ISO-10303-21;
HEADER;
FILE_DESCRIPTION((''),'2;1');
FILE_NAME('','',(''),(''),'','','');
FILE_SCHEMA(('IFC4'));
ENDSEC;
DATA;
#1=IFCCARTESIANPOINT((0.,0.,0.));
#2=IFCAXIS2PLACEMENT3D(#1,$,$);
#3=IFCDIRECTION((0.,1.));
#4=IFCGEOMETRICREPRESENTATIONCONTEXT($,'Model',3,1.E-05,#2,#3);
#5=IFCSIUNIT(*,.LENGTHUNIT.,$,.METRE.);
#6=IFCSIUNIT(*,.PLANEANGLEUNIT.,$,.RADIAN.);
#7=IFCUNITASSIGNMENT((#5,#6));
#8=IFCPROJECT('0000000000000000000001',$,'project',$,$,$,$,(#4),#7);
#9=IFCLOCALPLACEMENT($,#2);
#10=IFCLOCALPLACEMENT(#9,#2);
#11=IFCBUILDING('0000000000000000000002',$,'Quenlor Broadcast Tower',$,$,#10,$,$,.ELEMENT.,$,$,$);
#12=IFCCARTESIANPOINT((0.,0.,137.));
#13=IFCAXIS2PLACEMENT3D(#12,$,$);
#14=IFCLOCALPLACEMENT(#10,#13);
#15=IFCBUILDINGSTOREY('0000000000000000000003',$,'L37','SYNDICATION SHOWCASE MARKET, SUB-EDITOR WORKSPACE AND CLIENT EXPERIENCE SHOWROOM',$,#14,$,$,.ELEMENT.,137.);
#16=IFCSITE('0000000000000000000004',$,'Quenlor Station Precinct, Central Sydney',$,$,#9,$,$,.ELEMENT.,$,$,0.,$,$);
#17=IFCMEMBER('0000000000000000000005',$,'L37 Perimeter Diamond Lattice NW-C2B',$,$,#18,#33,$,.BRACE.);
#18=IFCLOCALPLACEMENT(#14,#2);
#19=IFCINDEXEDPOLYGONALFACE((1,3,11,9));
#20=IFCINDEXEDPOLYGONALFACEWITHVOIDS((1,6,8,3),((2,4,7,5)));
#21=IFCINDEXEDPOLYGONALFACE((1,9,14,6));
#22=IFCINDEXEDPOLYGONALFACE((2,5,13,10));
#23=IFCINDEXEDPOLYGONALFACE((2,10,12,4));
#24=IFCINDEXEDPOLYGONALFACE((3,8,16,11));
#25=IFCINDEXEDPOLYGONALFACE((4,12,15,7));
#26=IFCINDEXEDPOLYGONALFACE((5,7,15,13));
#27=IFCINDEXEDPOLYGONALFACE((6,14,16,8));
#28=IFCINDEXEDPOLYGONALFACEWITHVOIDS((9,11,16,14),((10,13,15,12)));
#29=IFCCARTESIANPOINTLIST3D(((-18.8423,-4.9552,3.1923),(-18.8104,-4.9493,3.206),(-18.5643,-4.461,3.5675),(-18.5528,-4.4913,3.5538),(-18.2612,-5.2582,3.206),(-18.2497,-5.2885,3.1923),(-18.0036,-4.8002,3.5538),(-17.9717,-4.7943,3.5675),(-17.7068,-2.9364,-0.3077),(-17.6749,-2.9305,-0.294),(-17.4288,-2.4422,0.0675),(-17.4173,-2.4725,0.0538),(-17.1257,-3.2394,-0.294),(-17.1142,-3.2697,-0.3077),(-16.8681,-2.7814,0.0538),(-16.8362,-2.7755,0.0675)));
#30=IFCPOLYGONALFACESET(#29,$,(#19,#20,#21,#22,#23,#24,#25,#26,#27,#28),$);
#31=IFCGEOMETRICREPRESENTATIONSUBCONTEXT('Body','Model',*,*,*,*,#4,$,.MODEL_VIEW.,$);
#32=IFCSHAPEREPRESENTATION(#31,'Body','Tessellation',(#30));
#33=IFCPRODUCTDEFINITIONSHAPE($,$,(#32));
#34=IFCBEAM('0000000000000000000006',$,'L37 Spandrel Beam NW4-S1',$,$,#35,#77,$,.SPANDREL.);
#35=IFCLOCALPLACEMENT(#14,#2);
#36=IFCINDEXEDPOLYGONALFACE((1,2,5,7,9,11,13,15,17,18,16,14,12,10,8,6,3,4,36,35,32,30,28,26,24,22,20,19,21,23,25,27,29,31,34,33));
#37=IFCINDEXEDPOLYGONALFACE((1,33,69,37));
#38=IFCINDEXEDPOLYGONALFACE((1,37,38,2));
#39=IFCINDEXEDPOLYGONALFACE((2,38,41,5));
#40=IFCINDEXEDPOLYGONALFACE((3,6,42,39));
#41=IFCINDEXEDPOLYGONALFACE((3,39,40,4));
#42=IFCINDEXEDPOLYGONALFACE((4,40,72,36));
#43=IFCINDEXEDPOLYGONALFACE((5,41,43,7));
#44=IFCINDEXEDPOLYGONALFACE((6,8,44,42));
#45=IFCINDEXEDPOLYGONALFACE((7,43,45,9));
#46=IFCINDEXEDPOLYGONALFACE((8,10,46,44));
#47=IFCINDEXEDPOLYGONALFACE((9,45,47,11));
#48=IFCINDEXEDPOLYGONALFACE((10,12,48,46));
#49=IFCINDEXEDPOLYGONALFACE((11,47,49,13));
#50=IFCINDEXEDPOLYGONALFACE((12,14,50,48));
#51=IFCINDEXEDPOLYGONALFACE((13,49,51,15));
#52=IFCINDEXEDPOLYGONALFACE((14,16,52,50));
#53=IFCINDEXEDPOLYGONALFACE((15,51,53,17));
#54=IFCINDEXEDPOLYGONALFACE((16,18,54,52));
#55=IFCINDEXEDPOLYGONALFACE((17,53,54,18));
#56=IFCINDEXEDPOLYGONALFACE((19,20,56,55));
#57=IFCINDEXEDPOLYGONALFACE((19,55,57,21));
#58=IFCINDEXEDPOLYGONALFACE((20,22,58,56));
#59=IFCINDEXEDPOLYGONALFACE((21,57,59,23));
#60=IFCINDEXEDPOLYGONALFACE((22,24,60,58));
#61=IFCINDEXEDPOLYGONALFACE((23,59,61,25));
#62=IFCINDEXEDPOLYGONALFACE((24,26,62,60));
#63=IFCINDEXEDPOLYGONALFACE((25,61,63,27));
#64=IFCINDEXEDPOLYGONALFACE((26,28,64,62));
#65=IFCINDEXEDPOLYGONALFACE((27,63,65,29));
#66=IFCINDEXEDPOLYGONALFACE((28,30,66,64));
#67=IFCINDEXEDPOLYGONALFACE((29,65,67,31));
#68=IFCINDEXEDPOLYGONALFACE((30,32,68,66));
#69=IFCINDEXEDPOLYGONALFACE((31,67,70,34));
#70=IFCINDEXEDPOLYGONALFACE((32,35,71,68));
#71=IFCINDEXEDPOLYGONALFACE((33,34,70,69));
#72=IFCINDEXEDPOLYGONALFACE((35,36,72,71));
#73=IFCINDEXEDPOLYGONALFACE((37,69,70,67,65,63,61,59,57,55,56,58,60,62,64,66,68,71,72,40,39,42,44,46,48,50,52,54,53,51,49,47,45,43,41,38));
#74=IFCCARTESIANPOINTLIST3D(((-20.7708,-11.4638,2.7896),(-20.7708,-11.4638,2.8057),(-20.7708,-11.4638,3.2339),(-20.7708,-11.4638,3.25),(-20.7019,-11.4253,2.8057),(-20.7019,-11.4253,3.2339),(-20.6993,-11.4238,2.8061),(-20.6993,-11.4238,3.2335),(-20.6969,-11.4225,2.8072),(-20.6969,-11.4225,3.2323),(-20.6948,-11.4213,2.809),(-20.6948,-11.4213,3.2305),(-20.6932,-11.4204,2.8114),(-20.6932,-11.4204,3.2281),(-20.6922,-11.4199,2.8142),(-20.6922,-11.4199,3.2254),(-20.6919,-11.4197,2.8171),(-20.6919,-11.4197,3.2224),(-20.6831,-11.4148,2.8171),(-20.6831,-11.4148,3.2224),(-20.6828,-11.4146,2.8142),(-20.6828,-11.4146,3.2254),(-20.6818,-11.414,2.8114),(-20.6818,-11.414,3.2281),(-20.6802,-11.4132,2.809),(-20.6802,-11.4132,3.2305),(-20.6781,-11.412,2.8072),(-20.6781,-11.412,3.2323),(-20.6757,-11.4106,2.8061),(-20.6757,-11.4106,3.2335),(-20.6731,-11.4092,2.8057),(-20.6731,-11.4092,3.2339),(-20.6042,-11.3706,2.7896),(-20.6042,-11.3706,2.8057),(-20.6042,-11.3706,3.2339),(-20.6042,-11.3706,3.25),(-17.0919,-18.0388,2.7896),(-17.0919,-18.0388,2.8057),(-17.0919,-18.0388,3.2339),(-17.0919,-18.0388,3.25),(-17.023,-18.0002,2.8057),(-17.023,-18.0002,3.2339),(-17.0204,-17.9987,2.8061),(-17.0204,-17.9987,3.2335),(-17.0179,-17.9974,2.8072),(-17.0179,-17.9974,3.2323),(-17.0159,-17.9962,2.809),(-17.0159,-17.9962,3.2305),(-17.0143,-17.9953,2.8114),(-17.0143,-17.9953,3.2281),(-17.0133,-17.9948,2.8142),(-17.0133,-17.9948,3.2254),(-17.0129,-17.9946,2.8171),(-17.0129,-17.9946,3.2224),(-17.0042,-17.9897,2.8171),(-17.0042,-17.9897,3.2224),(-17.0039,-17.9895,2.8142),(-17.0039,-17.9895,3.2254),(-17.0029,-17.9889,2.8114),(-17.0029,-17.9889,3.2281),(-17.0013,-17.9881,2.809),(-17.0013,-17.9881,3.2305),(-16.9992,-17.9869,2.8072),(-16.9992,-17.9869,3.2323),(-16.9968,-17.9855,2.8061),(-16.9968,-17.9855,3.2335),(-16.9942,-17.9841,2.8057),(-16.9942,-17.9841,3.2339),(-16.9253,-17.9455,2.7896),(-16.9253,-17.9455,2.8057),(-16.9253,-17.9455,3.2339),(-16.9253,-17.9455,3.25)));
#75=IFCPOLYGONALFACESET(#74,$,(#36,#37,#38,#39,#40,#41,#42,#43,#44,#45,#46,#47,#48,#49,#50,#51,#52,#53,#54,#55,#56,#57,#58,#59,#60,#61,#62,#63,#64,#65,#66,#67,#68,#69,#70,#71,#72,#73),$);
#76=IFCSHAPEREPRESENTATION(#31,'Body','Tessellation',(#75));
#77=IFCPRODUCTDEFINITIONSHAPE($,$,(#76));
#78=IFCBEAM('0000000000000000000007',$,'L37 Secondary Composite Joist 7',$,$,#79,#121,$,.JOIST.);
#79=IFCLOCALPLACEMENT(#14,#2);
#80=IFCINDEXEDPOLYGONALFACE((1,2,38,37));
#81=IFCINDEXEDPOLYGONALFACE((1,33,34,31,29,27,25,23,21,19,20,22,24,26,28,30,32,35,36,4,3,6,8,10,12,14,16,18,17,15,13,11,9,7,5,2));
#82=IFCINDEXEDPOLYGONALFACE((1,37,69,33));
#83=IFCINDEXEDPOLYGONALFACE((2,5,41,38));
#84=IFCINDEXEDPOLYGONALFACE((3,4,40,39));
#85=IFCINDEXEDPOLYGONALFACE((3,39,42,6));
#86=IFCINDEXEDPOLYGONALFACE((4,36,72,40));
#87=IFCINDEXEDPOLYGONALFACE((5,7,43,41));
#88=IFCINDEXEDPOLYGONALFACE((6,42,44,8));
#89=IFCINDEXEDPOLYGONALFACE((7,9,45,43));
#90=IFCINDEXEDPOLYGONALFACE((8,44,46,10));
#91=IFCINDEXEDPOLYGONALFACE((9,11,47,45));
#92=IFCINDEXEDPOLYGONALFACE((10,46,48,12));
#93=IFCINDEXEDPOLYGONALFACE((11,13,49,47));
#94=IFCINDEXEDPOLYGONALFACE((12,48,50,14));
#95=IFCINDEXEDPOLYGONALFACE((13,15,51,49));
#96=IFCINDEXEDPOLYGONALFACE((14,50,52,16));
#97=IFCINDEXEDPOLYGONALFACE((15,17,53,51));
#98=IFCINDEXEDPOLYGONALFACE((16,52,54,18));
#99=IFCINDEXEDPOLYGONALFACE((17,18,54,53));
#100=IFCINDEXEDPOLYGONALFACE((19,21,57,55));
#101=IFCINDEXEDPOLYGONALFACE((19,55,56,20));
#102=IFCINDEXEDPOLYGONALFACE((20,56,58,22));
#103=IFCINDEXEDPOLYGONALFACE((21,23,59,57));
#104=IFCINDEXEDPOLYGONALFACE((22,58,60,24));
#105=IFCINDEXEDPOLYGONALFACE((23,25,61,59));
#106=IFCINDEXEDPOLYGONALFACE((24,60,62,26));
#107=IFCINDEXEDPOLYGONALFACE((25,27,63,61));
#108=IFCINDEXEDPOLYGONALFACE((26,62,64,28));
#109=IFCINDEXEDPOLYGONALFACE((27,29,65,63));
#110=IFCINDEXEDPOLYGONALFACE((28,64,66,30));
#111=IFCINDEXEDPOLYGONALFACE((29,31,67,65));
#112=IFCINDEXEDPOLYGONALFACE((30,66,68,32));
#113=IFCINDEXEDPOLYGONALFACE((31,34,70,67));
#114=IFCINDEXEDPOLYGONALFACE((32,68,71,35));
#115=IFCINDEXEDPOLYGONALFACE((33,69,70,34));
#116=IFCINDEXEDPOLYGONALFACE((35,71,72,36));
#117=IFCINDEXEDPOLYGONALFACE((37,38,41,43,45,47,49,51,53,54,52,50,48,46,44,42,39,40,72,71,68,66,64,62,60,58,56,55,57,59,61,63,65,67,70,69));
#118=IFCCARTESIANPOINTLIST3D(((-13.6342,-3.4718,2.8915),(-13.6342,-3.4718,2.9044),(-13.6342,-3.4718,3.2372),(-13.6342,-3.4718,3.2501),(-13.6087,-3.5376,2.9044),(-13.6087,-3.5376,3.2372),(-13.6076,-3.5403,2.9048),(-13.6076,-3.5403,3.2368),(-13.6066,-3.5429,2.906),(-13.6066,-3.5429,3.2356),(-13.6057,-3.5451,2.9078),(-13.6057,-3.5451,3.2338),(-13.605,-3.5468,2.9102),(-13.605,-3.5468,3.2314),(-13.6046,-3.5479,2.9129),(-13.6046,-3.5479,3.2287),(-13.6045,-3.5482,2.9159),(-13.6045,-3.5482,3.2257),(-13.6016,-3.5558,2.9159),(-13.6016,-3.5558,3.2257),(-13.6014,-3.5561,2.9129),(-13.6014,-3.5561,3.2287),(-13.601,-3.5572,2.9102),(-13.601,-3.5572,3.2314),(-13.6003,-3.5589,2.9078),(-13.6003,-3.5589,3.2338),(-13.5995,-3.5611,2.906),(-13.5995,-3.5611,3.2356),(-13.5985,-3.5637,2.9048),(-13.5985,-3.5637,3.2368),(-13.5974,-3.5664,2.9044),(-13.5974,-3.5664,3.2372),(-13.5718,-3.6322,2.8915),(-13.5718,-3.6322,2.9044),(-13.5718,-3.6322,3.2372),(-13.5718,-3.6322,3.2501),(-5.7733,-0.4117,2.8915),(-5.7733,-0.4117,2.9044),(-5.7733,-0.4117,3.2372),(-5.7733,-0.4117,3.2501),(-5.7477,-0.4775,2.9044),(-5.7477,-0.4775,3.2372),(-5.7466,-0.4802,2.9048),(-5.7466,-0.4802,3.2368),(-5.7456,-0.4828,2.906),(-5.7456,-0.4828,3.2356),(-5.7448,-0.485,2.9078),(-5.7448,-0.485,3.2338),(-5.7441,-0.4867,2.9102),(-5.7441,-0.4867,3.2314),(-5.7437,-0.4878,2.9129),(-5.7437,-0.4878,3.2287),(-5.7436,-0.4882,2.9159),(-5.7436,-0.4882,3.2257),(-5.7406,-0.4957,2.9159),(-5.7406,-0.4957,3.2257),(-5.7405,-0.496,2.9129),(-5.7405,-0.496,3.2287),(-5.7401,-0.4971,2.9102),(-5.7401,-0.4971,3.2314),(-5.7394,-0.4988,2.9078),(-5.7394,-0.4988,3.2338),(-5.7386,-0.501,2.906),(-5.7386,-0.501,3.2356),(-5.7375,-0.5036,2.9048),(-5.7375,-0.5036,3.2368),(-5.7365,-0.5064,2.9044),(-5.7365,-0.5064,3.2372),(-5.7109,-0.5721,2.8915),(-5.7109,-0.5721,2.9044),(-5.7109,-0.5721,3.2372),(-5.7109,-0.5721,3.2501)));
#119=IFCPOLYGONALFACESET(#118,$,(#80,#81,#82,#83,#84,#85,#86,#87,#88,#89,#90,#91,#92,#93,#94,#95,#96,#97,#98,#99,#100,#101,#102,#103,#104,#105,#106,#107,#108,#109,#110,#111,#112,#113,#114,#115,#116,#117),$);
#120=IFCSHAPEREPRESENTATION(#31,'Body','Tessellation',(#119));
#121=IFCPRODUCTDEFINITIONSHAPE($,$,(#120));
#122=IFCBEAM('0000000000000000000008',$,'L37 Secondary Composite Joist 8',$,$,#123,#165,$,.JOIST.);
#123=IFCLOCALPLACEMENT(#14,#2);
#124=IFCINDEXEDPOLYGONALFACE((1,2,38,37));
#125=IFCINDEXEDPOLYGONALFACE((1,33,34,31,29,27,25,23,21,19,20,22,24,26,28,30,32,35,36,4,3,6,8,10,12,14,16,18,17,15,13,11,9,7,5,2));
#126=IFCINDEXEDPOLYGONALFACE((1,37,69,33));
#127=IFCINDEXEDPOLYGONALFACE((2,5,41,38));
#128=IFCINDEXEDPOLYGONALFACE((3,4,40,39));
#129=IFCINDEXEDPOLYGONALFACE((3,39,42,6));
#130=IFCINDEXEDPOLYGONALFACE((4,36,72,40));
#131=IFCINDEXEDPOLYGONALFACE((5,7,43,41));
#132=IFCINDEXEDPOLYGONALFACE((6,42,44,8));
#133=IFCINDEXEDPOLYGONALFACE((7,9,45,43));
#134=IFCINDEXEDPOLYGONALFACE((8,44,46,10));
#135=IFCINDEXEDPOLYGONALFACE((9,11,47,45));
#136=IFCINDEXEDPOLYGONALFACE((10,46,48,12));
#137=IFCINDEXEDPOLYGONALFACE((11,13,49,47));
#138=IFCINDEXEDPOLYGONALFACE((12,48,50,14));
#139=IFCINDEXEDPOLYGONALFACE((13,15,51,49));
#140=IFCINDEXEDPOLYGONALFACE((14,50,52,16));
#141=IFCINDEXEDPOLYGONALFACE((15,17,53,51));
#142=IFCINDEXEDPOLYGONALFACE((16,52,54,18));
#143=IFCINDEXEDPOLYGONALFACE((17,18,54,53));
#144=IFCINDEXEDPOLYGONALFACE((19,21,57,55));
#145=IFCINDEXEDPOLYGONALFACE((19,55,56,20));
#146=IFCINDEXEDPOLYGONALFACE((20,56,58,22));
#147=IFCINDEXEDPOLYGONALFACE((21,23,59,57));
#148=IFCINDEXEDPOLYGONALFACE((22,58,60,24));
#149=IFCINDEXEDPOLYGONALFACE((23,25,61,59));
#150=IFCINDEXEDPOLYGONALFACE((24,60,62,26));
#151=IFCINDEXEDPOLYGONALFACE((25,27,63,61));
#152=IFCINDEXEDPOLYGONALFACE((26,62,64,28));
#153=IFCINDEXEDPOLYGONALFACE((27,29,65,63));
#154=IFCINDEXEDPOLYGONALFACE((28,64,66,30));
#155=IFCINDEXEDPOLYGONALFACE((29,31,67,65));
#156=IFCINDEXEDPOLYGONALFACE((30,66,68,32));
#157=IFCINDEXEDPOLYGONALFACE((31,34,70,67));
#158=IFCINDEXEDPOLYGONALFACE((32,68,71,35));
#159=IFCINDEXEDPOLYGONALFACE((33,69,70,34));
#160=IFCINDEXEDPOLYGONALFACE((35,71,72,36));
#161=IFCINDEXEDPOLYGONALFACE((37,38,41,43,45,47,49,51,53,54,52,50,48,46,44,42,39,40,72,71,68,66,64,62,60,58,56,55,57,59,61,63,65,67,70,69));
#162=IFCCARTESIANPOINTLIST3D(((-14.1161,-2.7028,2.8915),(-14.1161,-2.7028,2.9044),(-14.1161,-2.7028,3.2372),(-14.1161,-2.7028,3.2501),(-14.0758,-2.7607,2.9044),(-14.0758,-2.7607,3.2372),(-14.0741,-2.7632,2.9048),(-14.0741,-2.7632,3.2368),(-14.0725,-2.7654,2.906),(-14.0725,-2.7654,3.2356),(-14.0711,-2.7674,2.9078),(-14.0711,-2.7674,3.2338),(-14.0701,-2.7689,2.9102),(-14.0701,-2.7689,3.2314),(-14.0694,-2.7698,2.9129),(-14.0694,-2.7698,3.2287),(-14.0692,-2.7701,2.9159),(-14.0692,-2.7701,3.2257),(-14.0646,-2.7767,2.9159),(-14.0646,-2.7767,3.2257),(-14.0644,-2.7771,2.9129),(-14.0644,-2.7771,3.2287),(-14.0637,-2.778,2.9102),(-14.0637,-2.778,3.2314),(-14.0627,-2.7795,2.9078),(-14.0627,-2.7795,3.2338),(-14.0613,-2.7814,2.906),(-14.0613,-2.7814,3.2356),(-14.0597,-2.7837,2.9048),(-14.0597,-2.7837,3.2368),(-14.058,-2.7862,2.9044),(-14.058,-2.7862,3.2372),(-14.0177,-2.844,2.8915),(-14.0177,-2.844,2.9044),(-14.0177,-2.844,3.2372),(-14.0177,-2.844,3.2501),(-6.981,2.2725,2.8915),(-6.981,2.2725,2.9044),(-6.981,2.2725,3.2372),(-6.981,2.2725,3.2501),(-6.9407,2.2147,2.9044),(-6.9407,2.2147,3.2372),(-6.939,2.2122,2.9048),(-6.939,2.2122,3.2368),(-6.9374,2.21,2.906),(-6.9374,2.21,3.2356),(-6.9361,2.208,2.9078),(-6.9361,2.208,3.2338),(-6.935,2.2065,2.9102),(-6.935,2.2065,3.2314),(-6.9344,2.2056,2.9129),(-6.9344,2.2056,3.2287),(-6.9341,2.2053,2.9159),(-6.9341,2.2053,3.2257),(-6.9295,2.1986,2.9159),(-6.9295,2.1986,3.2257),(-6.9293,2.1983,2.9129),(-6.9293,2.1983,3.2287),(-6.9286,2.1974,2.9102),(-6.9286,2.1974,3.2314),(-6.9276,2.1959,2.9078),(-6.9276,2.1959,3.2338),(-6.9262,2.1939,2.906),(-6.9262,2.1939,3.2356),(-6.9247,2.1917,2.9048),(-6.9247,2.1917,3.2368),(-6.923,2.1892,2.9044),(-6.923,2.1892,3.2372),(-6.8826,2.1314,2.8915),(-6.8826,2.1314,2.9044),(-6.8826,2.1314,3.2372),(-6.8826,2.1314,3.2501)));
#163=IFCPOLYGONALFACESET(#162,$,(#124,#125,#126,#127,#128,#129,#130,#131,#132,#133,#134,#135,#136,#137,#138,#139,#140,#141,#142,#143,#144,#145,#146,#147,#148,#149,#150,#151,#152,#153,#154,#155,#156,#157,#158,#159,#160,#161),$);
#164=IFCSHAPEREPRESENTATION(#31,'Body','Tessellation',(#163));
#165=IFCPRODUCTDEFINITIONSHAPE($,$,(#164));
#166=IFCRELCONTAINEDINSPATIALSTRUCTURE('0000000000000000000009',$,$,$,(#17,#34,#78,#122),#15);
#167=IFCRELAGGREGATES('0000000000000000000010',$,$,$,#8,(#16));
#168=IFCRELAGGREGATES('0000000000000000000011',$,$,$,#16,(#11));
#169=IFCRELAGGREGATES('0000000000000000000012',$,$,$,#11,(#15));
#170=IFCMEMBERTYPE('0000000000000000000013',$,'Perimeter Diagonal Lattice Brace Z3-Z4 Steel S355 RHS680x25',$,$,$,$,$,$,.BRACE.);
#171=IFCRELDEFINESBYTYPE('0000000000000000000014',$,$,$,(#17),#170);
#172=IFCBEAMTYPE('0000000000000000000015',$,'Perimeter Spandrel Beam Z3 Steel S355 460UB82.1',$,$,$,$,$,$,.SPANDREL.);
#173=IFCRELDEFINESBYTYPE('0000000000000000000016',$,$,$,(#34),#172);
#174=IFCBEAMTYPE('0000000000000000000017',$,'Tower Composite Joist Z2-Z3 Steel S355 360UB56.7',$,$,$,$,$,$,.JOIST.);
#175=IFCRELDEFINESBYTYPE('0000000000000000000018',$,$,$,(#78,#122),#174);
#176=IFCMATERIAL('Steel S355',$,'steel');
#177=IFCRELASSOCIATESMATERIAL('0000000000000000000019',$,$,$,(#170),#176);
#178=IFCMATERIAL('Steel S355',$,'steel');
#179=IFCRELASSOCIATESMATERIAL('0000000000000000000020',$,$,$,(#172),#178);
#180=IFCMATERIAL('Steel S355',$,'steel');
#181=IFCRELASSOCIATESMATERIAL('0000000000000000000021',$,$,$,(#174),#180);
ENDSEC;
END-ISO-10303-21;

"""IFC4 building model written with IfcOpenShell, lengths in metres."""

from ifc_helpers import new_model, si_unit, direction, frame, origin, origin_2d, place, context, subcontext, project, spatial, hollow_rectangle, i_section, extrude, material, material_profile, profile_set, type_object, element, save


model = new_model("IFC4")

# Units and contexts
model_context = context("Model", 3, precision=1e-05, world=origin(), true_north=direction((0.0, 1.0)))
body_context = subcontext(model_context, "Body", "Model", "MODEL_VIEW")
ifc_project = project(units=[si_unit("LENGTHUNIT", "METRE"), si_unit("PLANEANGLEUNIT", "RADIAN")], contexts=[model_context])

# Site, building, storey
site_placement = place(None, origin())
site = spatial("IfcSite", under=ifc_project, at=site_placement, Name="Quenlor Station Precinct, Central Sydney", CompositionType="ELEMENT", RefElevation=0.0)
building_placement = place(site_placement, origin())
building = spatial("IfcBuilding", under=site, at=building_placement, Name="Quenlor Broadcast Tower", CompositionType="ELEMENT")
storey_placement = place(building_placement, frame((0.0, 0.0, 137.0)))
storey = spatial("IfcBuildingStorey", under=building, at=storey_placement, Name="L37", Description="SYNDICATION SHOWCASE MARKET, SUB-EDITOR WORKSPACE AND CLIENT EXPERIENCE SHOWROOM", CompositionType="ELEMENT", Elevation=137.0)

# Member
ifc_material_1 = material(Name="Steel S355", Category="steel")
ifc_material_profile_1 = material_profile(ifc_material_1, hollow_rectangle(XDim=0.6799, YDim=0.6799, WallThickness=0.0249, at=origin_2d()))
ifc_profile_set_1 = profile_set([ifc_material_profile_1], Name="Steel S355 RHS680x680x25")
member_type_1 = type_object("IfcMemberType", Name="Perimeter Diagonal Lattice Brace Z3-Z4 Steel S355 RHS680x25", PredefinedType="BRACE", material=ifc_profile_set_1)
for number, where, z_axis, x_axis, name in (
    (1, (-17.2715, -2.856, -0.1201), (-0.270549, -0.481009, 0.833927), (0.87159, -0.490236, 0.0), "L37 Perimeter Diamond Lattice NW-C2B"),
):
    element("IfcMember", number, at=place(storey_placement, frame(where, z_axis=z_axis, x_axis=x_axis)), inside=storey, type_object=member_type_1, Name=name, PredefinedType="BRACE", context=body_context, shape_type="SweptSolid", body=[
        extrude(hollow_rectangle(XDim=0.6799, YDim=0.6799, WallThickness=0.0249, at=origin_2d()), origin(), (0.0, 0.0, 1.0), 4.197),
    ])

# Beams
ifc_material_2 = material(Name="Steel S355", Category="steel")
ifc_material_profile_2 = material_profile(ifc_material_2, i_section(OverallWidth=0.1909, OverallDepth=0.4604, WebThickness=0.01, FlangeThickness=0.0161, FilletRadius=0.0115, at=origin_2d()))
ifc_profile_set_2 = profile_set([ifc_material_profile_2], Name="Steel S355 460UB82.1")
beam_type_1 = type_object("IfcBeamType", Name="Perimeter Spandrel Beam Z3 Steel S355 460UB82.1", PredefinedType="SPANDREL", material=ifc_profile_set_2)
beam_1_placement = place(storey_placement, frame((-20.6875, -11.4172, 3.0198), z_axis=(0.488298, -0.872677, 0.0), x_axis=(0.872677, 0.488298, 0.0)))
element("IfcBeam", 2, at=beam_1_placement, inside=storey, type_object=beam_type_1, Name="L37 Spandrel Beam NW4-S1", PredefinedType="SPANDREL", context=body_context, shape_type="SweptSolid", body=[
    extrude(i_section(OverallWidth=0.1909, OverallDepth=0.4604, WebThickness=0.01, FlangeThickness=0.0161, FilletRadius=0.0115, at=origin_2d()), origin(), (0.0, 0.0, 1.0), 7.5342),
])
ifc_material_3 = material(Name="Steel S355", Category="steel")
ifc_material_profile_3 = material_profile(ifc_material_3, i_section(OverallWidth=0.1721, OverallDepth=0.3586, WebThickness=0.0081, FlangeThickness=0.0129, FilletRadius=0.0115, at=origin_2d()))
ifc_profile_set_3 = profile_set([ifc_material_profile_3], Name="Steel S355 360UB56.7")
beam_type_2 = type_object("IfcBeamType", Name="Tower Composite Joist Z2-Z3 Steel S355 360UB56.7", PredefinedType="JOIST", material=ifc_profile_set_3)
beam_2_placement = place(storey_placement, frame((-13.603, -3.552, 3.0708), z_axis=(0.931882, 0.362762, 0.0), x_axis=(-0.362762, 0.931882, 0.0)))
element("IfcBeam", 3, at=beam_2_placement, inside=storey, type_object=beam_type_2, Name="L37 Secondary Composite Joist 7", PredefinedType="JOIST", context=body_context, shape_type="SweptSolid", body=[
    extrude(i_section(OverallWidth=0.1721, OverallDepth=0.3586, WebThickness=0.0081, FlangeThickness=0.0129, FilletRadius=0.0115, at=origin_2d()), origin(), (0.0, 0.0, 1.0), 8.4355),
])
beam_3_placement = place(storey_placement, frame((-14.0669, -2.7734, 3.0708), z_axis=(0.820266, 0.571983, 0.0), x_axis=(-0.571983, 0.820266, 0.0)))
element("IfcBeam", 4, at=beam_3_placement, inside=storey, type_object=beam_type_2, Name="L37 Secondary Composite Joist 8", PredefinedType="JOIST", context=body_context, shape_type="SweptSolid", body=[
    extrude(i_section(OverallWidth=0.1721, OverallDepth=0.3586, WebThickness=0.0081, FlangeThickness=0.0129, FilletRadius=0.0115, at=origin_2d()), origin(), (0.0, 0.0, 1.0), 8.6985),
])

save(model, "model.ifc")
